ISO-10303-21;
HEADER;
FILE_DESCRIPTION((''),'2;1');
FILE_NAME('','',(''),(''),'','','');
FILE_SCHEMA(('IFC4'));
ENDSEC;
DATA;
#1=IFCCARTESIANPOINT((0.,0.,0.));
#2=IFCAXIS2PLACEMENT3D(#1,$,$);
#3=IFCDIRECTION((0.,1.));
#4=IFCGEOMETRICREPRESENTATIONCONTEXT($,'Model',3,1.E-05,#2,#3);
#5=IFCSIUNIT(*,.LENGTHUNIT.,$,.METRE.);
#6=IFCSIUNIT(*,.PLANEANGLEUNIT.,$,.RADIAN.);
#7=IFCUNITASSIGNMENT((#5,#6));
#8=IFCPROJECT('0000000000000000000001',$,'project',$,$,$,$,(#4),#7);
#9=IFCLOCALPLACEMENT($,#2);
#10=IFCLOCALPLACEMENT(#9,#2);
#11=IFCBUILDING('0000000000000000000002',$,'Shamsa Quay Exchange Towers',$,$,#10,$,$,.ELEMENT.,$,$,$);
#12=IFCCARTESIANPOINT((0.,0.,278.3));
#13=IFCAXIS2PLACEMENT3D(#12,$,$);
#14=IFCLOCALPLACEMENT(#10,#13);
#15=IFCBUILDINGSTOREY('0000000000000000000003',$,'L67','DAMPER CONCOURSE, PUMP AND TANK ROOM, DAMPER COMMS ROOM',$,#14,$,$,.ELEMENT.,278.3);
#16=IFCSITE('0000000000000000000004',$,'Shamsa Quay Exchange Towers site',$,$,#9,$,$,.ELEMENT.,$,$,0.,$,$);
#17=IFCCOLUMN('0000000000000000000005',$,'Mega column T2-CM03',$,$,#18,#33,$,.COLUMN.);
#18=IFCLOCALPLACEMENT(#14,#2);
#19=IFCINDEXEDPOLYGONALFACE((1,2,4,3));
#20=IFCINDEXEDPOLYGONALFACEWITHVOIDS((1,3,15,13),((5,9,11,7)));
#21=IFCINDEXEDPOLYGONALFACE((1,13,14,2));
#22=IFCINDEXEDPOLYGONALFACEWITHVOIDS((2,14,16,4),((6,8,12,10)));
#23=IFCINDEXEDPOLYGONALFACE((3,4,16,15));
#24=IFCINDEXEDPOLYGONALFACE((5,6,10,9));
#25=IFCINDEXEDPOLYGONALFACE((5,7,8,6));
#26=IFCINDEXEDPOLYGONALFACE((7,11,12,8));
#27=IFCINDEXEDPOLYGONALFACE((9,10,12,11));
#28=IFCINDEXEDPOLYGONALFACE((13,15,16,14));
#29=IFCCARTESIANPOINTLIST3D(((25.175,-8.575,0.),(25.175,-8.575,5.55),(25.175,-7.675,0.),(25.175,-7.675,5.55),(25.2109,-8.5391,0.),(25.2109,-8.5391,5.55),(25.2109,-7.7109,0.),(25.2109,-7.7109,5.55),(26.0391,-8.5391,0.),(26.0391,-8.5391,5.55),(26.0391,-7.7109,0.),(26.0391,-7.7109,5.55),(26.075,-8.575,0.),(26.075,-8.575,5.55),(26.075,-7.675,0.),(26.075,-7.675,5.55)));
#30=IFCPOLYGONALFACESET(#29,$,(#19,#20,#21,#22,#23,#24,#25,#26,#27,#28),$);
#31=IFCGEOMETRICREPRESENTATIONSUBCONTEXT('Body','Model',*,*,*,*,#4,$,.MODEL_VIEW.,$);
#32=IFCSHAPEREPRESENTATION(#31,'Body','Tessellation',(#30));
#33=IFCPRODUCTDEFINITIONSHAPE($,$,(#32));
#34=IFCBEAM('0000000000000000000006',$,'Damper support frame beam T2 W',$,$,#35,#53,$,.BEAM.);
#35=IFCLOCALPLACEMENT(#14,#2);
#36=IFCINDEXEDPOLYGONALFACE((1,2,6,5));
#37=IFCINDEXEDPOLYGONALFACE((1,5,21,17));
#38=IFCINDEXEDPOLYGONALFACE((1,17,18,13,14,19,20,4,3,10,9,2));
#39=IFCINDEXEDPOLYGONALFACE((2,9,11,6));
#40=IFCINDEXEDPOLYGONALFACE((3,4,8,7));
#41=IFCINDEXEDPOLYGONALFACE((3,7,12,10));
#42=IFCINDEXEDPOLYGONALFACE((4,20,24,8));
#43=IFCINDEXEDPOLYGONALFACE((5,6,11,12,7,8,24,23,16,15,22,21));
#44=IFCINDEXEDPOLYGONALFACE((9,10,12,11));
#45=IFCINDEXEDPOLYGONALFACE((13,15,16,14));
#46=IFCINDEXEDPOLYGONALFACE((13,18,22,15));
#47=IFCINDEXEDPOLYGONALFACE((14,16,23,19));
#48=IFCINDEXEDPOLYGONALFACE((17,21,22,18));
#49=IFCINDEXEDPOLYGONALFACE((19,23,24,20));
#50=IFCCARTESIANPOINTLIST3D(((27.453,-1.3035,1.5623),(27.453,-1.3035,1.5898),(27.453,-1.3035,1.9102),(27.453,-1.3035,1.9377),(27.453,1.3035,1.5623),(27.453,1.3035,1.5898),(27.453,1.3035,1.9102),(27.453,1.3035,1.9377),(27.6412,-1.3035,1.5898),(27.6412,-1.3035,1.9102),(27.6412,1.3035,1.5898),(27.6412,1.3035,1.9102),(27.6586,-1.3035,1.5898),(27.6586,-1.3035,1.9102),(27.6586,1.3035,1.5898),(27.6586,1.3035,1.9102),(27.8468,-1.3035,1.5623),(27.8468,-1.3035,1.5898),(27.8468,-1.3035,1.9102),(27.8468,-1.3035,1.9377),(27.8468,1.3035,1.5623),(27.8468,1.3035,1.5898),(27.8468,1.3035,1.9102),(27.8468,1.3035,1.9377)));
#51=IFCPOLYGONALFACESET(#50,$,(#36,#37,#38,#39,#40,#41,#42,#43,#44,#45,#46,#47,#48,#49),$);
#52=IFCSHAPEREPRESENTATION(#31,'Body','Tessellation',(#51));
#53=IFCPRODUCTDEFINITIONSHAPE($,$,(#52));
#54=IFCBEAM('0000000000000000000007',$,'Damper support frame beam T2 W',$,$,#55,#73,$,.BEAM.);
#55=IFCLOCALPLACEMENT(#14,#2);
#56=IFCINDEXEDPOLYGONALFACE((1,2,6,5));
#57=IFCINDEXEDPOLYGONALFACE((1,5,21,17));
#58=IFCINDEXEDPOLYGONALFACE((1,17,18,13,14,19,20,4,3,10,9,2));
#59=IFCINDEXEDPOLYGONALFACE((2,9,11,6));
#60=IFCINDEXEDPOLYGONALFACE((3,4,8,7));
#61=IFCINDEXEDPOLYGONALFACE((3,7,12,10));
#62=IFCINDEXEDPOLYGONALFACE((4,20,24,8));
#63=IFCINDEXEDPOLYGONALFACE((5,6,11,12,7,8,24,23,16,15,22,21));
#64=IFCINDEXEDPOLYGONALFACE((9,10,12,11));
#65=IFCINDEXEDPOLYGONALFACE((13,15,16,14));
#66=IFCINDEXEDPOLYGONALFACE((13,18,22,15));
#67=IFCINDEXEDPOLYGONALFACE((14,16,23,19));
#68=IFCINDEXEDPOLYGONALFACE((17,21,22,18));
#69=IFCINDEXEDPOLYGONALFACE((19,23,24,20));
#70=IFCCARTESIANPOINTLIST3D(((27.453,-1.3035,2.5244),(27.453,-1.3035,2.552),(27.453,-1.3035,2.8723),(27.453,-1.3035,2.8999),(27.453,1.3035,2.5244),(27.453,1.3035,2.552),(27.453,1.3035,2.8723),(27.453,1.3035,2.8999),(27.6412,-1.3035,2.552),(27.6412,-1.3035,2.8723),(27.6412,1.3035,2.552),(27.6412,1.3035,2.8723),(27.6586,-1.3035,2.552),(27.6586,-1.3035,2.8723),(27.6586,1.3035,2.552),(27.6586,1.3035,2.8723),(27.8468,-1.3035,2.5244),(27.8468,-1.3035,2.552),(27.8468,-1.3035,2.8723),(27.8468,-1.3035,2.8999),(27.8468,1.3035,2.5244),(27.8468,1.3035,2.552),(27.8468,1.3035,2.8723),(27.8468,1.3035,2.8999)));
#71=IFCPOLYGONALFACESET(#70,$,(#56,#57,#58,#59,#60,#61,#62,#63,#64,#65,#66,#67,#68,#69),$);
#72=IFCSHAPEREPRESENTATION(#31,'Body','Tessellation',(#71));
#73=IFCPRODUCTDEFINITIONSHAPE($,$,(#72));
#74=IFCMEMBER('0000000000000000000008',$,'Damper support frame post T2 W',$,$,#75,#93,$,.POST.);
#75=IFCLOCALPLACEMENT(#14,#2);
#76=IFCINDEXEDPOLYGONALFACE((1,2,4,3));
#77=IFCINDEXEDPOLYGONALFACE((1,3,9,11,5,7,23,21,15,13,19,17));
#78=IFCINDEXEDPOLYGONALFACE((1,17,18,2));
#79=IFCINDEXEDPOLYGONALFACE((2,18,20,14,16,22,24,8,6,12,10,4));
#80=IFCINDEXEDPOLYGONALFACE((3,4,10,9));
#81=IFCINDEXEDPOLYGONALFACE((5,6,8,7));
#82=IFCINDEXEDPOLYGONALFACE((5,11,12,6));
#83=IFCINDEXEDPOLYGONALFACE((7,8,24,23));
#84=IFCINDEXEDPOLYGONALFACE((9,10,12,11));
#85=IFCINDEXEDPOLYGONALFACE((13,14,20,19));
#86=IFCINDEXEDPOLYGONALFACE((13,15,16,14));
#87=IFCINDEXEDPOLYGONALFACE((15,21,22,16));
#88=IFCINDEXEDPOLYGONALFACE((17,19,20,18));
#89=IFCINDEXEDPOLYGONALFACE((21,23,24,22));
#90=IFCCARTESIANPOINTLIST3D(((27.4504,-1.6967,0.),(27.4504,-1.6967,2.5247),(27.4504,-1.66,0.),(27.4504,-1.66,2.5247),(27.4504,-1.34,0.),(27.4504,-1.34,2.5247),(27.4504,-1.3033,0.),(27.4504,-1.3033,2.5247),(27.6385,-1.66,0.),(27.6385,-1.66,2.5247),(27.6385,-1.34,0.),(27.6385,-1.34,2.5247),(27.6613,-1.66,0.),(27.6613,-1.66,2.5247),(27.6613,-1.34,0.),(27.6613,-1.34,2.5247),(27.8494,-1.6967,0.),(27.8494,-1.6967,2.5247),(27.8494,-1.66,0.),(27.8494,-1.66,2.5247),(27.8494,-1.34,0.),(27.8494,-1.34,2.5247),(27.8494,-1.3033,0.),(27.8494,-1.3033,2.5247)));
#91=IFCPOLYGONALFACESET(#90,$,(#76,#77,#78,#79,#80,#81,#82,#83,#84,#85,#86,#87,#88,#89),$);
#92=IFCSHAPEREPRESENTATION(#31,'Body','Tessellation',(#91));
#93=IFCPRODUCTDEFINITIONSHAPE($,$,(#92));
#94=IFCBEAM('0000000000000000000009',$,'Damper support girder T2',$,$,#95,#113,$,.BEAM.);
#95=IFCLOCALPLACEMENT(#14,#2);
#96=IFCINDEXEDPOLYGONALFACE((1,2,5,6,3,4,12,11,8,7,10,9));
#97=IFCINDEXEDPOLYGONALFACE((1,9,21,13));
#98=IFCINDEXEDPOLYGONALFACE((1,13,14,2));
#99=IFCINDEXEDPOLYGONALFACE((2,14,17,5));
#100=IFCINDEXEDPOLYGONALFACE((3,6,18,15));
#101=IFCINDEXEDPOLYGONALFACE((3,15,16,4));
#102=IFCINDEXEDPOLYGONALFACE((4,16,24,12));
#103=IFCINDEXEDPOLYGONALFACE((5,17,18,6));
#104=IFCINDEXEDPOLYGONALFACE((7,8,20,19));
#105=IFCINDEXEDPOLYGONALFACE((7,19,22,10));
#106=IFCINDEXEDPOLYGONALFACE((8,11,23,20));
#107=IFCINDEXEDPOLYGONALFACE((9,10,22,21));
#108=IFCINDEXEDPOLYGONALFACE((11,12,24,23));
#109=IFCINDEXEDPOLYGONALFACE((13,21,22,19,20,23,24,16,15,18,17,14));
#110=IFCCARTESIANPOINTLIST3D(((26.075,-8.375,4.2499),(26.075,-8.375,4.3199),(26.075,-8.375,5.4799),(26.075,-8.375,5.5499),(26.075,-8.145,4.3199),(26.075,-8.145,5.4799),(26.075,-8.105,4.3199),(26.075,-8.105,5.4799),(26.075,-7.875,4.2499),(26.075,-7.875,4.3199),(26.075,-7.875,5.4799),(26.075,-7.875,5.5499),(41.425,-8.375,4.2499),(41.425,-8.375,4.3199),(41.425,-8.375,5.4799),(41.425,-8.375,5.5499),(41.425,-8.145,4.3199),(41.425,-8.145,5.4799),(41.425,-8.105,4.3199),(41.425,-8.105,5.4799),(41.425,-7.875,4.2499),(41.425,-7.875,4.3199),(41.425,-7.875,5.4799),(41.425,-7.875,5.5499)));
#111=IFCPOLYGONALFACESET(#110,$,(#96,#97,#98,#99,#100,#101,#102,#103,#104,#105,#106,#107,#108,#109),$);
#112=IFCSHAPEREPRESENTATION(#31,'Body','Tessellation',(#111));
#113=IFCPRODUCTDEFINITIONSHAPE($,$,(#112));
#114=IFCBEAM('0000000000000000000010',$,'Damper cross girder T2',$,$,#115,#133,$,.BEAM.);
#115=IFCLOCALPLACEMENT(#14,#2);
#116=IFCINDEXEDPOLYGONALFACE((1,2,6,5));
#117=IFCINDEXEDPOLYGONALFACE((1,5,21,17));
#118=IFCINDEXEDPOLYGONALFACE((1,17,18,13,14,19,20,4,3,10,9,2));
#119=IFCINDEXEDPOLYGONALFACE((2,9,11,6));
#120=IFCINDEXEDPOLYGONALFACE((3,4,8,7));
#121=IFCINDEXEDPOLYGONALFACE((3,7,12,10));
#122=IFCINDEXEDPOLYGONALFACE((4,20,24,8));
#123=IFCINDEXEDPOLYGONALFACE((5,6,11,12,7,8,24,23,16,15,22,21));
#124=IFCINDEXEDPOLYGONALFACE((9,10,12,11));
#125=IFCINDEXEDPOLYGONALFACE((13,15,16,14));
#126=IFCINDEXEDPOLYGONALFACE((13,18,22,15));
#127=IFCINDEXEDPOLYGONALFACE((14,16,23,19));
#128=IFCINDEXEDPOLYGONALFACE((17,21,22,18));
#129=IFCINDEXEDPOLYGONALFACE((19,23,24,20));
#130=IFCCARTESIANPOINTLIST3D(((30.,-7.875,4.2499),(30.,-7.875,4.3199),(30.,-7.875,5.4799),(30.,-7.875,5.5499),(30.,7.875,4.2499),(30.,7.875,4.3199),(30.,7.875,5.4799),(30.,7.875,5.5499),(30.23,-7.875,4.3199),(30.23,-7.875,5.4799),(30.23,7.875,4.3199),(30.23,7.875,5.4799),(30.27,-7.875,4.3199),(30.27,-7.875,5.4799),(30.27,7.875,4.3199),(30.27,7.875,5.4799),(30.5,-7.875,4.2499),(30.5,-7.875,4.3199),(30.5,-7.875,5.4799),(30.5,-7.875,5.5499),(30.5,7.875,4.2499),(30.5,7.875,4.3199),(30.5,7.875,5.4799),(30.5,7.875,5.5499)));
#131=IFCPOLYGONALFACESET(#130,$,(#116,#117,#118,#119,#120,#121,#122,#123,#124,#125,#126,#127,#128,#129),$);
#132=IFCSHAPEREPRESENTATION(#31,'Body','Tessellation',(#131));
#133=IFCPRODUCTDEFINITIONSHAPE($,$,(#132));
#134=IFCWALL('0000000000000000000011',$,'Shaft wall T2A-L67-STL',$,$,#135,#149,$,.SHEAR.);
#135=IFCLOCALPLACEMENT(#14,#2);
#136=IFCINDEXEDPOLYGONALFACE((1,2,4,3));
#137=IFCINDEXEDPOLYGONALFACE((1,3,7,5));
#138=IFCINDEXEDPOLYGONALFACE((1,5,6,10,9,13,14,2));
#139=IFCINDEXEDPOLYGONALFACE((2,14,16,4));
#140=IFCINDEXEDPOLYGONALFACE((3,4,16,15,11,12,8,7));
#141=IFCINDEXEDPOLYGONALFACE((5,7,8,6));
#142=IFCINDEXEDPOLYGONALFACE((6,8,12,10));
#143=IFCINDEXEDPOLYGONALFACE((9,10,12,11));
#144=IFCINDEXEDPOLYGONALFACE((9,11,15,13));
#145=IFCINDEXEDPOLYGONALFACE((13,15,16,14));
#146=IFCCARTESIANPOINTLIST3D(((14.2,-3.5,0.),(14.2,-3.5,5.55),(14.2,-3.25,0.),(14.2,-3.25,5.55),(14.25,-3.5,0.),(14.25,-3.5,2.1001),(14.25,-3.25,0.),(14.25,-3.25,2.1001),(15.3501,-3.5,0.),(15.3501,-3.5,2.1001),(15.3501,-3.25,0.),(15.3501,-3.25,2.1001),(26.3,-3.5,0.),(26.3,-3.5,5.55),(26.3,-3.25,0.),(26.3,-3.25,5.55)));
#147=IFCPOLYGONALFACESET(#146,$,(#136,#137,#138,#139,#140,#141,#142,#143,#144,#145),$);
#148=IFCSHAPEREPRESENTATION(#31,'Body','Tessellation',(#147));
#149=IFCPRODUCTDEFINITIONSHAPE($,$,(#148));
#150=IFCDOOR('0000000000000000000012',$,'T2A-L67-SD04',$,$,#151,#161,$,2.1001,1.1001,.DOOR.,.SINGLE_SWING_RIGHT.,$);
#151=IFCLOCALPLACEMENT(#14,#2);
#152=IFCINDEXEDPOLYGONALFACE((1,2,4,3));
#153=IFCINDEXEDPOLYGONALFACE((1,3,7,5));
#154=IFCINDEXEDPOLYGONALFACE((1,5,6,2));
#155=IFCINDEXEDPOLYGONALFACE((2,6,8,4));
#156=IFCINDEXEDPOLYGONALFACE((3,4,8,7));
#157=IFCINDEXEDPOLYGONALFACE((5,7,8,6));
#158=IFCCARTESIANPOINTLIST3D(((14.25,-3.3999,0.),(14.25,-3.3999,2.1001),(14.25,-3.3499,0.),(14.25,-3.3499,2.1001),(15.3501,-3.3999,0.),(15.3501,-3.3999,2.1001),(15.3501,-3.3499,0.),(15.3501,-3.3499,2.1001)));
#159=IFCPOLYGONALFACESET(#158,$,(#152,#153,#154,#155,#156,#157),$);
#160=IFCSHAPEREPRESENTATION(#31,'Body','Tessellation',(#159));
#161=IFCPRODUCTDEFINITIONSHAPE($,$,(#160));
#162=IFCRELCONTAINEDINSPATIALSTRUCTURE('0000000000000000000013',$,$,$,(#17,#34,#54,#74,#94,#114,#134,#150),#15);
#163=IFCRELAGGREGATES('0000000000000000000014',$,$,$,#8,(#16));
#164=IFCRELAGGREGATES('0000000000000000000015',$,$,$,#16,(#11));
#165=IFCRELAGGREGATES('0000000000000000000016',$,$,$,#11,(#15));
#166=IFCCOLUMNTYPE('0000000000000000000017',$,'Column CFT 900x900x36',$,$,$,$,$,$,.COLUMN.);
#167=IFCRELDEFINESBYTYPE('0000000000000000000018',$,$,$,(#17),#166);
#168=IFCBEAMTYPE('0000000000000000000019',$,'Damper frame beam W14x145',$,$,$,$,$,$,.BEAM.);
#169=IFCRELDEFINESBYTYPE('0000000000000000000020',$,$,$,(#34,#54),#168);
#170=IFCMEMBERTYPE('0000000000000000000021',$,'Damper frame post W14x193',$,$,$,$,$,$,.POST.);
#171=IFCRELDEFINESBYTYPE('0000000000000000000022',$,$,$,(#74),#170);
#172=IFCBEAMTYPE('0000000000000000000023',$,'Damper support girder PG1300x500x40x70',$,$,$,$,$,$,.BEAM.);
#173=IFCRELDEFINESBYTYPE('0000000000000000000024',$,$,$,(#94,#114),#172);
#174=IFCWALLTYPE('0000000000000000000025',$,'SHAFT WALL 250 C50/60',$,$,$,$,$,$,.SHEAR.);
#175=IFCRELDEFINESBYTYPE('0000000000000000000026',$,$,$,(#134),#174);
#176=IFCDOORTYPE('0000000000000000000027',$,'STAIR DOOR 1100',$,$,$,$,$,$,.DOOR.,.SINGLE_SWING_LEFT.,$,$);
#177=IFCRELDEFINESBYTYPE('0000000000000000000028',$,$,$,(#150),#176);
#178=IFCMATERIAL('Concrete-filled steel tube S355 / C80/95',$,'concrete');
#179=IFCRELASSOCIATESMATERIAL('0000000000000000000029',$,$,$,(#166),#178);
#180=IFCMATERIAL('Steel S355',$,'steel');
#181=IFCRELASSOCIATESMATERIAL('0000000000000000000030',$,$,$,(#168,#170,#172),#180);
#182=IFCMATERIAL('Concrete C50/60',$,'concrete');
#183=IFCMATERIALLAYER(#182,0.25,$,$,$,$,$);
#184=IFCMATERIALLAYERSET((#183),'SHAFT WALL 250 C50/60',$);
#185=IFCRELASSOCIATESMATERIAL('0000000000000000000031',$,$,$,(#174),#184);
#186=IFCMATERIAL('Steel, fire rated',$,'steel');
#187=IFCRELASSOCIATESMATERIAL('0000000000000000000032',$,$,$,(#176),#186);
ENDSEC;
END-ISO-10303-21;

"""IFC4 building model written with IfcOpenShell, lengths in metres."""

from ifc_helpers import new_model, si_unit, direction, frame, frame_2d, origin, origin_2d, place, context, subcontext, project, spatial, rectangle, hollow_rectangle, i_section, extrude, material, layer, layer_set, material_profile, profile_set, type_object, element, fill, save


model = new_model("IFC4")

# Units and contexts
model_context = context("Model", 3, precision=1e-05, world=origin(), true_north=direction((0.0, 1.0)))
body_context = subcontext(model_context, "Body", "Model", "MODEL_VIEW")
ifc_project = project(units=[si_unit("LENGTHUNIT", "METRE"), si_unit("PLANEANGLEUNIT", "RADIAN")], contexts=[model_context])

# Site, building, storey
site_placement = place(None, origin())
site = spatial("IfcSite", under=ifc_project, at=site_placement, Name="Shamsa Quay Exchange Towers site", CompositionType="ELEMENT", RefElevation=0.0)
building_placement = place(site_placement, origin())
building = spatial("IfcBuilding", under=site, at=building_placement, Name="Shamsa Quay Exchange Towers", CompositionType="ELEMENT")
storey_placement = place(building_placement, frame((0.0, 0.0, 278.3)))
storey = spatial("IfcBuildingStorey", under=building, at=storey_placement, Name="L67", Description="DAMPER CONCOURSE, PUMP AND TANK ROOM, DAMPER COMMS ROOM", CompositionType="ELEMENT", Elevation=278.3)

# Column
ifc_material_1 = material(Name="Concrete-filled steel tube S355 / C80/95", Category="concrete")
ifc_material_profile_1 = material_profile(ifc_material_1, hollow_rectangle(XDim=0.8999, YDim=0.8999, WallThickness=0.0359, at=origin_2d()), Name="CFT 900x900x36")
ifc_profile_set_1 = profile_set([ifc_material_profile_1], Name="Concrete-filled steel tube S355 / C80/95")
column_type = type_object("IfcColumnType", Name="Column CFT 900x900x36", PredefinedType="COLUMN", material=ifc_profile_set_1)
column_placement = place(storey_placement, frame((25.625, -8.125, 0.0)))
element("IfcColumn", 1, at=column_placement, inside=storey, type_object=column_type, Name="Mega column T2-CM03", PredefinedType="COLUMN", context=body_context, shape_type="SweptSolid", body=[
    extrude(hollow_rectangle(XDim=0.8999, YDim=0.8999, WallThickness=0.0359, at=origin_2d()), origin(), (0.0, 0.0, 1.0), 5.55),
])

# Beams
ifc_material_2 = material(Name="Steel S355", Category="steel")
ifc_material_profile_2 = material_profile(ifc_material_2, i_section(OverallWidth=0.3938, OverallDepth=0.3755, WebThickness=0.0173, FlangeThickness=0.0276, at=origin_2d()), Name="W14x145")
ifc_profile_set_2 = profile_set([ifc_material_profile_2], Name="Steel S355")
beam_type_1 = type_object("IfcBeamType", Name="Damper frame beam W14x145", PredefinedType="BEAM", material=ifc_profile_set_2)
for number, where, z_axis, x_axis, name in (
    (2, (27.6499, -1.3035, 1.75), (0.0, 1.0, 0.0), (-1.0, 0.0, 0.0), "Damper support frame beam T2 W"),
    (3, (27.6499, -1.3035, 2.7122), (0.0, 1.0, 0.0), (-1.0, 0.0, 0.0), "Damper support frame beam T2 W"),
):
    element("IfcBeam", number, at=place(storey_placement, frame(where, z_axis=z_axis, x_axis=x_axis)), inside=storey, type_object=beam_type_1, Name=name, PredefinedType="BEAM", context=body_context, shape_type="SweptSolid", body=[
        extrude(i_section(OverallWidth=0.3938, OverallDepth=0.3755, WebThickness=0.0173, FlangeThickness=0.0276, at=origin_2d()), origin(), (0.0, 0.0, 1.0), 2.6069),
    ])

# Member
ifc_material_profile_3 = material_profile(ifc_material_2, i_section(OverallWidth=0.3989, OverallDepth=0.3933, WebThickness=0.0227, FlangeThickness=0.0366, at=origin_2d()), Name="W14x193")
ifc_profile_set_3 = profile_set([ifc_material_profile_3], Name="Steel S355")
member_type = type_object("IfcMemberType", Name="Damper frame post W14x193", PredefinedType="POST", material=ifc_profile_set_3)
member_placement = place(storey_placement, frame((27.6499, -1.5, 0.0)))
element("IfcMember", 4, at=member_placement, inside=storey, type_object=member_type, Name="Damper support frame post T2 W", PredefinedType="POST", context=body_context, shape_type="SweptSolid", body=[
    extrude(i_section(OverallWidth=0.3989, OverallDepth=0.3933, WebThickness=0.0227, FlangeThickness=0.0366, at=origin_2d()), origin(), (0.0, 0.0, 1.0), 2.5247),
])

# Beams
ifc_material_profile_4 = material_profile(ifc_material_2, i_section(OverallWidth=0.5, OverallDepth=1.3, WebThickness=0.04, FlangeThickness=0.0701, at=origin_2d()), Name="PG1300x500x40x70")
ifc_profile_set_4 = profile_set([ifc_material_profile_4], Name="Steel S355")
beam_type_2 = type_object("IfcBeamType", Name="Damper support girder PG1300x500x40x70", PredefinedType="BEAM", material=ifc_profile_set_4)
beam_1_placement = place(storey_placement, frame((26.075, -8.125, 4.8999), z_axis=(1.0, 0.0, 0.0), x_axis=(0.0, 1.0, 0.0)))
element("IfcBeam", 5, at=beam_1_placement, inside=storey, type_object=beam_type_2, Name="Damper support girder T2", PredefinedType="BEAM", context=body_context, shape_type="SweptSolid", body=[
    extrude(i_section(OverallWidth=0.5, OverallDepth=1.3, WebThickness=0.04, FlangeThickness=0.0701, at=origin_2d()), origin(), (0.0, 0.0, 1.0), 15.3501),
])
beam_2_placement = place(storey_placement, frame((30.25, -7.875, 4.8999), z_axis=(0.0, 1.0, 0.0), x_axis=(-1.0, 0.0, 0.0)))
element("IfcBeam", 6, at=beam_2_placement, inside=storey, type_object=beam_type_2, Name="Damper cross girder T2", PredefinedType="BEAM", context=body_context, shape_type="SweptSolid", body=[
    extrude(i_section(OverallWidth=0.5, OverallDepth=1.3, WebThickness=0.04, FlangeThickness=0.0701, at=origin_2d()), origin(), (0.0, 0.0, 1.0), 15.75),
])

# Wall, opening, door
ifc_material_3 = material(Name="Concrete C50/60", Category="concrete")
ifc_layer = layer(ifc_material_3, 0.25)
ifc_layer_set = layer_set([ifc_layer], Name="SHAFT WALL 250 C50/60")
wall_type = type_object("IfcWallType", Name="SHAFT WALL 250 C50/60", PredefinedType="SHEAR", material=ifc_layer_set)
wall_1_placement = place(storey_placement, frame((26.3, -3.375, 0.0), z_axis=(0.0, 0.0, 1.0), x_axis=(-1.0, 0.0, 0.0)))
wall_1 = element("IfcWall", 7, at=wall_1_placement, inside=storey, type_object=wall_type, Name="Shaft wall T2A-L67-STL", PredefinedType="SHEAR", context=body_context, shape_type="SweptSolid", body=[
    extrude(rectangle(XDim=12.1001, YDim=0.25, at=frame_2d((6.05, 0.0))), origin(), (0.0, 0.0, 1.0), 5.55),
])
opening_1_placement = place(wall_1_placement, frame((10.95, 0.0, 0.0)))
opening_1 = element("IfcOpeningElement", 8, at=opening_1_placement, cuts=wall_1, PredefinedType="OPENING", context=body_context, shape_type="SweptSolid", body=[
    extrude(rectangle(XDim=1.1001, YDim=2.1001, at=frame_2d((0.55, 1.05))), frame((0.0, 0.135, 0.0), z_axis=(0.0, -1.0, 0.0), x_axis=(1.0, 0.0, 0.0)), (0.0, 0.0, 1.0), 0.27),
])
ifc_material_4 = material(Name="Steel, fire rated", Category="steel")
door_type_1 = type_object("IfcDoorType", Name="STAIR DOOR 1100", OperationType="SINGLE_SWING_LEFT", PredefinedType="DOOR", material=ifc_material_4)
door_1_placement = place(opening_1_placement, origin())
door_1 = element("IfcDoor", 9, at=door_1_placement, inside=storey, type_object=door_type_1, Name="T2A-L67-SD04", OperationType="SINGLE_SWING_RIGHT", OverallHeight=2.1001, OverallWidth=1.1001, PredefinedType="DOOR", context=body_context, shape_type="SweptSolid", body=[
    extrude(rectangle(XDim=1.1001, YDim=2.1001, at=frame_2d((0.55, 1.05))), frame((0.0, 0.0249, 0.0), z_axis=(0.0, -1.0, 0.0), x_axis=(1.0, 0.0, 0.0)), (0.0, 0.0, 1.0), 0.05),
])
fill(opening_1, door_1)

save(model, "model.ifc")
